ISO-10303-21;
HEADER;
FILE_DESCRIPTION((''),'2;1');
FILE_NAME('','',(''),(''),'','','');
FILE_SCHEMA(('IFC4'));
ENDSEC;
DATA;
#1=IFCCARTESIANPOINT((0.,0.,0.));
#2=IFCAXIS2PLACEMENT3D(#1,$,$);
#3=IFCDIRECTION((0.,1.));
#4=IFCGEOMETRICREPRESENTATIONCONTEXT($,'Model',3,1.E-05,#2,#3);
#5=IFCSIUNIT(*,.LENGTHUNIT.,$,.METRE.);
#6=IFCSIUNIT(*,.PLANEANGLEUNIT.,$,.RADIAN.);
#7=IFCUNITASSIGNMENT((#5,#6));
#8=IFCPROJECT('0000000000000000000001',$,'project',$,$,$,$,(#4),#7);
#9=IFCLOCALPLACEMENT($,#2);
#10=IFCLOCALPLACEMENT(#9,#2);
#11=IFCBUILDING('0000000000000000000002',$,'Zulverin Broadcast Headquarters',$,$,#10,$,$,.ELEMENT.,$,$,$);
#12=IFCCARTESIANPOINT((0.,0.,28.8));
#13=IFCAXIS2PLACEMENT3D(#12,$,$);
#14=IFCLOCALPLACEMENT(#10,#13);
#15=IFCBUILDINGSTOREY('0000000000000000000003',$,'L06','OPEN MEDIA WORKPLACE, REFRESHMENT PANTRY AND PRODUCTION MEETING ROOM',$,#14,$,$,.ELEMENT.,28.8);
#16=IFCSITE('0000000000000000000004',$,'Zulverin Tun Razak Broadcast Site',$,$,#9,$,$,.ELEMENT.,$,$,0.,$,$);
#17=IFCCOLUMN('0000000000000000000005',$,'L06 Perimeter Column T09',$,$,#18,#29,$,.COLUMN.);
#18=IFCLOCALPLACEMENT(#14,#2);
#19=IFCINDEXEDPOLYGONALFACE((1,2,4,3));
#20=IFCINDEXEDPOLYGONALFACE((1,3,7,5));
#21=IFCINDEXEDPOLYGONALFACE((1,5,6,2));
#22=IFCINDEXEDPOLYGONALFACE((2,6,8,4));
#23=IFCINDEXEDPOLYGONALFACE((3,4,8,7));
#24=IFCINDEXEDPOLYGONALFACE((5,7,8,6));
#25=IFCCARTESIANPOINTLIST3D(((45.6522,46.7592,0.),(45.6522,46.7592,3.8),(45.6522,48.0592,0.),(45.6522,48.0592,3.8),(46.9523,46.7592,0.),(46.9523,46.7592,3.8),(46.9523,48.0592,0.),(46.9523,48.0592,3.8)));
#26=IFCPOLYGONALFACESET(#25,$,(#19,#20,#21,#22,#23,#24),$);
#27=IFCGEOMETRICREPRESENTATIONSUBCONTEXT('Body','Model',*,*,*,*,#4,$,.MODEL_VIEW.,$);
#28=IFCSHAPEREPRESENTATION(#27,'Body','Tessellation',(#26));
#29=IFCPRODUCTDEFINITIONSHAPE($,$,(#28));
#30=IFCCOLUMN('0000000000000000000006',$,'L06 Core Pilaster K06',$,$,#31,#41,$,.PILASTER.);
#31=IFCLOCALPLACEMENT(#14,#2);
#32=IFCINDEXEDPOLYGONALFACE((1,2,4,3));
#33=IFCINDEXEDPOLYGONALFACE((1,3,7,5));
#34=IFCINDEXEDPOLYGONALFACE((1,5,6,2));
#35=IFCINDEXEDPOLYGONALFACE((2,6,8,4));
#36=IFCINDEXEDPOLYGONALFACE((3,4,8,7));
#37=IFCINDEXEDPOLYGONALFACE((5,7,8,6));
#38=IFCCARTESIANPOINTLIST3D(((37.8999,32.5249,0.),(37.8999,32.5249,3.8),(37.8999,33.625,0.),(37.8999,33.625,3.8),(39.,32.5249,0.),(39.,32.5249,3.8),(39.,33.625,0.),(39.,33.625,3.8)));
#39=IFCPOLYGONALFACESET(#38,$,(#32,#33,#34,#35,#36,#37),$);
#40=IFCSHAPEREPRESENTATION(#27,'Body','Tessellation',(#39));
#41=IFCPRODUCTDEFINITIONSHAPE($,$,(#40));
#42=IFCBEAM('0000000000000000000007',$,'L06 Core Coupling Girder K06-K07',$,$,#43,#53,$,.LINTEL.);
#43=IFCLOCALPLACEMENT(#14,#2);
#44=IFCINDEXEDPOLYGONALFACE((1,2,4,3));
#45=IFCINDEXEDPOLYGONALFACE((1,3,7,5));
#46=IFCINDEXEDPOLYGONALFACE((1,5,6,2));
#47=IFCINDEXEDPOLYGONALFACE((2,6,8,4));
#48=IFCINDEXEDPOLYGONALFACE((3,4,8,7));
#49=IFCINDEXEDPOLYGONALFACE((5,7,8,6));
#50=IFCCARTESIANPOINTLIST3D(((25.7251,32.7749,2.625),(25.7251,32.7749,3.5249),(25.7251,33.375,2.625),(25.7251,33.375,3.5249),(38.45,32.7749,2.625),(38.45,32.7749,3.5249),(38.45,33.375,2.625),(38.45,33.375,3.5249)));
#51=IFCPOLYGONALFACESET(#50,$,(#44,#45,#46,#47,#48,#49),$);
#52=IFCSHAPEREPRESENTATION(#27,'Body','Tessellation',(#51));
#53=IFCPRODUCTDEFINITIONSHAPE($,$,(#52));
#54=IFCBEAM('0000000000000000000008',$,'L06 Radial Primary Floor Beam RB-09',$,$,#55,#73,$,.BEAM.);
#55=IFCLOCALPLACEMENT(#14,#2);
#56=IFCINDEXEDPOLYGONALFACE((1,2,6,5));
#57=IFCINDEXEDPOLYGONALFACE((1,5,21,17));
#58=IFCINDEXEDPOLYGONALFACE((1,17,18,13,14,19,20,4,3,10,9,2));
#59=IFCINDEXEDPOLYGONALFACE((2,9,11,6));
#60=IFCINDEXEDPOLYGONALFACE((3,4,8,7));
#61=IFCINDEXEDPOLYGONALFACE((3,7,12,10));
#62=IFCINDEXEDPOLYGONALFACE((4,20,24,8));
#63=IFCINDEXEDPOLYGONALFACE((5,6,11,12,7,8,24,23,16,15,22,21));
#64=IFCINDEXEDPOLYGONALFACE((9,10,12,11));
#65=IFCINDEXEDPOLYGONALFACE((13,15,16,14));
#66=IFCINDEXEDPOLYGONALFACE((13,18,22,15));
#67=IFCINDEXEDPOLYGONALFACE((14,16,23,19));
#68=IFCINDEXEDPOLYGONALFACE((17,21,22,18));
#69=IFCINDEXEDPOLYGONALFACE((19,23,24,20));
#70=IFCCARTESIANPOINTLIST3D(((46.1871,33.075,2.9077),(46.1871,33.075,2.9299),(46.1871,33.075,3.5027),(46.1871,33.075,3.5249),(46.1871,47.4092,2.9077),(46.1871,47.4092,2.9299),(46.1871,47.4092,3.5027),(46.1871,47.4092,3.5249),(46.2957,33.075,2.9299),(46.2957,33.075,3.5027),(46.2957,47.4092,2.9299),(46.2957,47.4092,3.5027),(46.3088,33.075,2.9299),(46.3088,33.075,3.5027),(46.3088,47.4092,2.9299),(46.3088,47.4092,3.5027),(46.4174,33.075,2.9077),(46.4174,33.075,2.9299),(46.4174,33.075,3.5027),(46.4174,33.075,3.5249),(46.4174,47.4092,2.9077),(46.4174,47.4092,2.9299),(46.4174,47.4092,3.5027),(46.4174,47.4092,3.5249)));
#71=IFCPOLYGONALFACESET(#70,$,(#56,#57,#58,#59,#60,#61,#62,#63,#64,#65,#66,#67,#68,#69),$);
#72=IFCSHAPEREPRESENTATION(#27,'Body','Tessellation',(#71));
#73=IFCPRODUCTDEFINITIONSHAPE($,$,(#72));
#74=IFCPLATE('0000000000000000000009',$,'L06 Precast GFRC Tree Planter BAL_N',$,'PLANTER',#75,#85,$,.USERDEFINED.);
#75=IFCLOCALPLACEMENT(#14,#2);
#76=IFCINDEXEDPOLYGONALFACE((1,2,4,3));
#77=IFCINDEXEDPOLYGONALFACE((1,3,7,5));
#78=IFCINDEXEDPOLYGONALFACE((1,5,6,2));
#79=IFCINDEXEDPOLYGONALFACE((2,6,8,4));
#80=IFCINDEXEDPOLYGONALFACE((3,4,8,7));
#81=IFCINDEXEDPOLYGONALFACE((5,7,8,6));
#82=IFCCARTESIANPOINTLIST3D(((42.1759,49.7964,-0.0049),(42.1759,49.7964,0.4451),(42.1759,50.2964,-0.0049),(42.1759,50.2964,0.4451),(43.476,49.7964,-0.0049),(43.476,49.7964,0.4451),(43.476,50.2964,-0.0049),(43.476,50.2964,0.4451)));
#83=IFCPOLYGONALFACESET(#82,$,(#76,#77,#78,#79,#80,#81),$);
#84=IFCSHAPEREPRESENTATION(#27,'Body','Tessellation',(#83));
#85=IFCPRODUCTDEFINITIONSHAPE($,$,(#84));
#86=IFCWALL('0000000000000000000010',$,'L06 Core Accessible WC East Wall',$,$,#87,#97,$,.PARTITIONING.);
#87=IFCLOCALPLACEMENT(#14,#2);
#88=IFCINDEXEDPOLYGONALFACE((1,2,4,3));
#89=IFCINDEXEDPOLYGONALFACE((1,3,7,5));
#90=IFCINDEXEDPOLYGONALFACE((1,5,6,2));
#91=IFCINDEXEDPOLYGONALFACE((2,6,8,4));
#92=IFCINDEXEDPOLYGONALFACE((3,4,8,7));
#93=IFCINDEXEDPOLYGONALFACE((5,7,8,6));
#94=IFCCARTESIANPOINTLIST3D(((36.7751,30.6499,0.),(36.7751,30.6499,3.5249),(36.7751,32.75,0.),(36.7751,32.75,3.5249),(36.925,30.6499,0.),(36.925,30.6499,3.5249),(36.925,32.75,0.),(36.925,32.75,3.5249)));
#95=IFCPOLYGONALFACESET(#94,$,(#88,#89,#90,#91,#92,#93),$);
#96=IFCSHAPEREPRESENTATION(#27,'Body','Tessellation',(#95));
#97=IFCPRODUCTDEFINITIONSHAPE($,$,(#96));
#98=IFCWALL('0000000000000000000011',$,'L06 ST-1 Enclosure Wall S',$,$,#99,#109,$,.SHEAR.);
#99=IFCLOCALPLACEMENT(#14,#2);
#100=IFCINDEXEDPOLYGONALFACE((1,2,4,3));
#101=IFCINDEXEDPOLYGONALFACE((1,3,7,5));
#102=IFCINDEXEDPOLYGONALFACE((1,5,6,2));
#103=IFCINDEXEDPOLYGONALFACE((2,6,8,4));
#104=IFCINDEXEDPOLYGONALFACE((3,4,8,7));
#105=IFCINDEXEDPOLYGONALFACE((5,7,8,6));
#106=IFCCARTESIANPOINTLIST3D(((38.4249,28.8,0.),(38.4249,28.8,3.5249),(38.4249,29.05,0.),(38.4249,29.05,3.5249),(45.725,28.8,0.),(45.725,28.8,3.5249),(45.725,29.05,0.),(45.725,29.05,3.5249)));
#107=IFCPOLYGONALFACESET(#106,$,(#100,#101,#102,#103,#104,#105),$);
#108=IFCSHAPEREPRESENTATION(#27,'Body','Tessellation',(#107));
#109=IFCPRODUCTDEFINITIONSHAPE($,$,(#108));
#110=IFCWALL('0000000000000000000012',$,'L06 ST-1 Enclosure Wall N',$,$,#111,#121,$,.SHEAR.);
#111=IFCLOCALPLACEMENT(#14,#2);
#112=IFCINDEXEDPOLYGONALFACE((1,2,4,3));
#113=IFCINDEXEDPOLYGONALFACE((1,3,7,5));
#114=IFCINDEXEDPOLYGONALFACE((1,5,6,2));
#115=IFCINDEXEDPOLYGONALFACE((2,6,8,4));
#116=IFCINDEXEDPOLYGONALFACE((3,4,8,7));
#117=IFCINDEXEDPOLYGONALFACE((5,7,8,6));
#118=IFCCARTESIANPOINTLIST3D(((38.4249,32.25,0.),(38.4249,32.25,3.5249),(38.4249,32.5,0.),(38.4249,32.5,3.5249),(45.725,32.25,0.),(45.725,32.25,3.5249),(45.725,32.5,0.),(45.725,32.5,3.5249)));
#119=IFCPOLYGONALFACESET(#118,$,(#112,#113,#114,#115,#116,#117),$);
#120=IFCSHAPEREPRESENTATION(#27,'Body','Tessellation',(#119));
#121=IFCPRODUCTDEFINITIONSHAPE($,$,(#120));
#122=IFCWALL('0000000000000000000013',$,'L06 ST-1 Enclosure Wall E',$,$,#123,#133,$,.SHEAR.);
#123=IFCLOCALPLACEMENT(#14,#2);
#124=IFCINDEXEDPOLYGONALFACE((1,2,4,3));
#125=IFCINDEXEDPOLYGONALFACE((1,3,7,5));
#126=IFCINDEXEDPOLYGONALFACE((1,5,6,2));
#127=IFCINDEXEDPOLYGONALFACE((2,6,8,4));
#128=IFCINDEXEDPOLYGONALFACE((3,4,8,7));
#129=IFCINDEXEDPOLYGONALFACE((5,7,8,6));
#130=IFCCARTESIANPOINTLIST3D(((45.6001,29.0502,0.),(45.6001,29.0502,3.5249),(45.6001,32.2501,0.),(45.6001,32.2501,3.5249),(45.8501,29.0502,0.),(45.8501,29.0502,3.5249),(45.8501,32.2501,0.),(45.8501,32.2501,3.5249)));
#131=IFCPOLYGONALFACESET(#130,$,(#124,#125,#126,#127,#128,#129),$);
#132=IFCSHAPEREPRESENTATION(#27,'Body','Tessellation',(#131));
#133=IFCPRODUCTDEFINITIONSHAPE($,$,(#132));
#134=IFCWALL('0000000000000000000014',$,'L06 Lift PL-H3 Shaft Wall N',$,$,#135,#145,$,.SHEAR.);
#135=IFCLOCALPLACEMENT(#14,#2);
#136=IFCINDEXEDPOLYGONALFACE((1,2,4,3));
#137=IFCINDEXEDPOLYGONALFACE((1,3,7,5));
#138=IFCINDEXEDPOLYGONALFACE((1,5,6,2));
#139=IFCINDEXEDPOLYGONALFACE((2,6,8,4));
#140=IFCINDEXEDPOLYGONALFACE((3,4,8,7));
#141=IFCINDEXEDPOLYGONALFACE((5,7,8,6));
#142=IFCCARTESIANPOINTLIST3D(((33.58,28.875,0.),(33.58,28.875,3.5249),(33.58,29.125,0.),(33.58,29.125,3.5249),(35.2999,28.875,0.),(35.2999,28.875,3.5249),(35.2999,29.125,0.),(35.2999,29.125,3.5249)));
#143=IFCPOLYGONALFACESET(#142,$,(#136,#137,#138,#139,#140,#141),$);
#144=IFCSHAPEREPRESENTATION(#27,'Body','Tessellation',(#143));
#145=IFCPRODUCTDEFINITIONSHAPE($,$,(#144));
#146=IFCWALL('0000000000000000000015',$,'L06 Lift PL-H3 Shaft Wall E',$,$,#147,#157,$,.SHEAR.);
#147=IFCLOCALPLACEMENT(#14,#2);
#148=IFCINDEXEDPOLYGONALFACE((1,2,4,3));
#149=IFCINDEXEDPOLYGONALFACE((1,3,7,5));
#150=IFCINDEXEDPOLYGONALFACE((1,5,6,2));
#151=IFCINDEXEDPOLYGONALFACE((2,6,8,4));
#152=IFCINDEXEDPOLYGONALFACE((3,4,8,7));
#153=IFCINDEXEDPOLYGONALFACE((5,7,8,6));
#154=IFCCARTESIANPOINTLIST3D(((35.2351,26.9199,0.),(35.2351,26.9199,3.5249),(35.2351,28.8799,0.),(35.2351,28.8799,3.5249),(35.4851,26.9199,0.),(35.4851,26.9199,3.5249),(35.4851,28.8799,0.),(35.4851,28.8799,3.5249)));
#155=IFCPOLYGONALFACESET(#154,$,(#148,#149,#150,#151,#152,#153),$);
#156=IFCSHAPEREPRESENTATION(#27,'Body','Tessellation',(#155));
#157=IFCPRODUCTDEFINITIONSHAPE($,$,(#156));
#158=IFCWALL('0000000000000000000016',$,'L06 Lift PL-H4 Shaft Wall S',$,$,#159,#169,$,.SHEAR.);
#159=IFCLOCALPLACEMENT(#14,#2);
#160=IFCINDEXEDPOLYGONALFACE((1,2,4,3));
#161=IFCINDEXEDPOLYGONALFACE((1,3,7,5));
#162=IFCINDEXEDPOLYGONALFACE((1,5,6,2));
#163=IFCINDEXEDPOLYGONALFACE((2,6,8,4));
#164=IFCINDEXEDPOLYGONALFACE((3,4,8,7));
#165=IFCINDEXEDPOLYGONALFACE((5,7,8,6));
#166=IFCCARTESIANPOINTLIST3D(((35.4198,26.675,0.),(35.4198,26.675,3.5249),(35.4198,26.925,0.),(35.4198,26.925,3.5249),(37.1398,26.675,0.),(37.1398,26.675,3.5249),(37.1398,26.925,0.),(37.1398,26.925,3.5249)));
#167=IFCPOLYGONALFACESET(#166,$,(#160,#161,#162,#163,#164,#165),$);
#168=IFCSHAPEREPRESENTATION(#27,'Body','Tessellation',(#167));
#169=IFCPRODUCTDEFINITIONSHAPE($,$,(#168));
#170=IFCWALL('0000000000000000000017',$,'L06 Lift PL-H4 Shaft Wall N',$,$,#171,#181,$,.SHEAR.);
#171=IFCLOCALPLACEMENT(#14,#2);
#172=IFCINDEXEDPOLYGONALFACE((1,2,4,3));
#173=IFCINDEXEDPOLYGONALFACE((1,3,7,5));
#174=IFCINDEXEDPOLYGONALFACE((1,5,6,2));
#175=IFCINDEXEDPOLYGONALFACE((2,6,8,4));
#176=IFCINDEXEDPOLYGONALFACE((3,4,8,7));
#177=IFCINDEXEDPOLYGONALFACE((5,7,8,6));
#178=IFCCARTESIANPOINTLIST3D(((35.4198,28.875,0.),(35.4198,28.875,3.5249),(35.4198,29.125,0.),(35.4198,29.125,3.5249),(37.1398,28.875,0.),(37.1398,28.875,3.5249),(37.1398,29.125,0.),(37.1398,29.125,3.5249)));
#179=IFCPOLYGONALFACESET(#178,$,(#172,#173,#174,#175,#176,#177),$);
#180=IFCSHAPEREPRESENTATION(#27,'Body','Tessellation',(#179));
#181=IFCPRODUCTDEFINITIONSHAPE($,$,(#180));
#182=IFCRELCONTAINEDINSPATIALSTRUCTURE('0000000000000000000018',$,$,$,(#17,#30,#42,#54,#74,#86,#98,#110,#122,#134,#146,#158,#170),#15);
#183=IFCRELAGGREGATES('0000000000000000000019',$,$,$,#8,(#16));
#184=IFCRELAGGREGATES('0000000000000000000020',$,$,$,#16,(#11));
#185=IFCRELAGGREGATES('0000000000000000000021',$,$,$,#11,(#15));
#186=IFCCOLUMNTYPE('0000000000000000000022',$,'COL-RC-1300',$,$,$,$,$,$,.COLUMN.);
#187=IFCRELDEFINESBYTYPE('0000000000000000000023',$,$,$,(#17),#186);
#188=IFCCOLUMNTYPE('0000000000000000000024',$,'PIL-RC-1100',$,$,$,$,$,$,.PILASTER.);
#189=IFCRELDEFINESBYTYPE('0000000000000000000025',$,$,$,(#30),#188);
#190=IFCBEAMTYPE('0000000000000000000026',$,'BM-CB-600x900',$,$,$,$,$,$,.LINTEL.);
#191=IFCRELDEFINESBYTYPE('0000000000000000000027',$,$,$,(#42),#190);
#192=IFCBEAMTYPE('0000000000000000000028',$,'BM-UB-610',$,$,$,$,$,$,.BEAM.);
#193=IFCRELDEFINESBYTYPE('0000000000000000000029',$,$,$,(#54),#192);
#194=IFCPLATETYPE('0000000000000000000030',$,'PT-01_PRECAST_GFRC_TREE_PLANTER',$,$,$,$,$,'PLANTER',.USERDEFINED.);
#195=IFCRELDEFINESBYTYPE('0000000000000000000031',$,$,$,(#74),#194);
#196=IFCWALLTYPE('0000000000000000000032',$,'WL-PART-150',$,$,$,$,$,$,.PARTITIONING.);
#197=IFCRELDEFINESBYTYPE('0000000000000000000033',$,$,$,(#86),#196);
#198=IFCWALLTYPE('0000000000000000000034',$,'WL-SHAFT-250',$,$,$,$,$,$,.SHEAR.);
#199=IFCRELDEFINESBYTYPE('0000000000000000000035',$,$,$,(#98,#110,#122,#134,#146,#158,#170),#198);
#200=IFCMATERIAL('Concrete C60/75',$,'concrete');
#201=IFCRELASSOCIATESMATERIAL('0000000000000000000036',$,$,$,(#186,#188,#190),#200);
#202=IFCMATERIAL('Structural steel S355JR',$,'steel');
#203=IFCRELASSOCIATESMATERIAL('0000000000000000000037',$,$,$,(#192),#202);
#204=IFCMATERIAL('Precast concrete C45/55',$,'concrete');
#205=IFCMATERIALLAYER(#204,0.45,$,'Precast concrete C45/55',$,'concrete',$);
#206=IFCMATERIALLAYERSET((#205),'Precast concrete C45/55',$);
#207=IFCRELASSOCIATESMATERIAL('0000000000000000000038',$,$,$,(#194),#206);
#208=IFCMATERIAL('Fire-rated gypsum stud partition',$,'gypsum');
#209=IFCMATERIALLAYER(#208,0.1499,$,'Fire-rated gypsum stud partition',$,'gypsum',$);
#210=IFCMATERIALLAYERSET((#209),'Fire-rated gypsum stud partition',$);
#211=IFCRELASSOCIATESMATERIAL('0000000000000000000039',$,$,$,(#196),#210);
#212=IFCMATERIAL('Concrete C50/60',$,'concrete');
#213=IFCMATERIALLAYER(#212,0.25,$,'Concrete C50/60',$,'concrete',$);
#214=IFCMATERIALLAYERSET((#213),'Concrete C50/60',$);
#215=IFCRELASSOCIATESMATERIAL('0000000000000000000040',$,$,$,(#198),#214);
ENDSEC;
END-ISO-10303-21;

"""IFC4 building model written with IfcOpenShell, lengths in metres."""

from ifc_helpers import new_model, si_unit, direction, frame, frame_2d, origin, origin_2d, place, context, subcontext, project, spatial, rectangle, i_section, extrude, material, layer, layer_set, material_profile, profile_set, type_object, element, save


model = new_model("IFC4")

# Units and contexts
model_context = context("Model", 3, precision=1e-05, world=origin(), true_north=direction((0.0, 1.0)))
body_context = subcontext(model_context, "Body", "Model", "MODEL_VIEW")
ifc_project = project(units=[si_unit("LENGTHUNIT", "METRE"), si_unit("PLANEANGLEUNIT", "RADIAN")], contexts=[model_context])

# Site, building, storey
site_placement = place(None, origin())
site = spatial("IfcSite", under=ifc_project, at=site_placement, Name="Zulverin Tun Razak Broadcast Site", CompositionType="ELEMENT", RefElevation=0.0)
building_placement = place(site_placement, origin())
building = spatial("IfcBuilding", under=site, at=building_placement, Name="Zulverin Broadcast Headquarters", CompositionType="ELEMENT")
storey_placement = place(building_placement, frame((0.0, 0.0, 28.8)))
storey = spatial("IfcBuildingStorey", under=building, at=storey_placement, Name="L06", Description="OPEN MEDIA WORKPLACE, REFRESHMENT PANTRY AND PRODUCTION MEETING ROOM", CompositionType="ELEMENT", Elevation=28.8)

# Columns
ifc_material_1 = material(Name="Concrete C60/75", Category="concrete")
ifc_material_profile_1 = material_profile(ifc_material_1, rectangle(XDim=1.3, YDim=1.3, at=origin_2d()), Name="Concrete C60/75", Category="concrete")
ifc_profile_set_1 = profile_set([ifc_material_profile_1], Name="Concrete C60/75")
column_type_1 = type_object("IfcColumnType", Name="COL-RC-1300", PredefinedType="COLUMN", material=ifc_profile_set_1)
column_1_placement = place(storey_placement, frame((46.3022, 47.4092, 0.0), z_axis=(0.0, 0.0, 1.0), x_axis=(1.0, 0.0, 0.0)))
element("IfcColumn", 1, at=column_1_placement, inside=storey, type_object=column_type_1, Name="L06 Perimeter Column T09", PredefinedType="COLUMN", context=body_context, shape_type="SweptSolid", body=[
    extrude(rectangle(XDim=1.3, YDim=1.3, at=origin_2d()), origin(), (0.0, 0.0, 1.0), 3.8),
])
ifc_material_profile_2 = material_profile(ifc_material_1, rectangle(XDim=1.1001, YDim=1.1001, at=origin_2d()), Name="Concrete C60/75", Category="concrete")
ifc_profile_set_2 = profile_set([ifc_material_profile_2], Name="Concrete C60/75")
column_type_2 = type_object("IfcColumnType", Name="PIL-RC-1100", PredefinedType="PILASTER", material=ifc_profile_set_2)
column_2_placement = place(storey_placement, frame((38.45, 33.075, 0.0), z_axis=(0.0, 0.0, 1.0), x_axis=(1.0, 0.0, 0.0)))
element("IfcColumn", 2, at=column_2_placement, inside=storey, type_object=column_type_2, Name="L06 Core Pilaster K06", PredefinedType="PILASTER", context=body_context, shape_type="SweptSolid", body=[
    extrude(rectangle(XDim=1.1001, YDim=1.1001, at=origin_2d()), origin(), (0.0, 0.0, 1.0), 3.8),
])

# Beams
ifc_material_profile_3 = material_profile(ifc_material_1, rectangle(XDim=0.6001, YDim=0.8999, at=origin_2d()), Name="Concrete C60/75", Category="concrete")
ifc_profile_set_3 = profile_set([ifc_material_profile_3], Name="Concrete C60/75")
beam_type_1 = type_object("IfcBeamType", Name="BM-CB-600x900", PredefinedType="LINTEL", material=ifc_profile_set_3)
beam_1_placement = place(storey_placement, frame((38.45, 33.075, 3.075), z_axis=(-1.0, 0.0, 0.0), x_axis=(0.0, -1.0, 0.0)))
element("IfcBeam", 3, at=beam_1_placement, inside=storey, type_object=beam_type_1, Name="L06 Core Coupling Girder K06-K07", PredefinedType="LINTEL", context=body_context, shape_type="SweptSolid", body=[
    extrude(rectangle(XDim=0.6001, YDim=0.8999, at=origin_2d()), origin(), (0.0, 0.0, 1.0), 12.7249),
])
ifc_material_2 = material(Name="Structural steel S355JR", Category="steel")
ifc_material_profile_4 = material_profile(ifc_material_2, i_section(OverallWidth=0.2302, OverallDepth=0.6172, WebThickness=0.0132, FlangeThickness=0.0222, at=origin_2d()), Name="Structural steel S355JR", Category="steel")
ifc_profile_set_4 = profile_set([ifc_material_profile_4], Name="Structural steel S355JR")
beam_type_2 = type_object("IfcBeamType", Name="BM-UB-610", PredefinedType="BEAM", material=ifc_profile_set_4)
beam_2_placement = place(storey_placement, frame((46.3022, 33.075, 3.2163), z_axis=(0.0, 1.0, 0.0), x_axis=(-1.0, 0.0, 0.0)))
element("IfcBeam", 4, at=beam_2_placement, inside=storey, type_object=beam_type_2, Name="L06 Radial Primary Floor Beam RB-09", PredefinedType="BEAM", context=body_context, shape_type="SweptSolid", body=[
    extrude(i_section(OverallWidth=0.2302, OverallDepth=0.6172, WebThickness=0.0132, FlangeThickness=0.0222, at=origin_2d()), origin(), (0.0, 0.0, 1.0), 14.3342),
])

# Plate
ifc_material_3 = material(Name="Precast concrete C45/55", Category="concrete")
ifc_layer_1 = layer(ifc_material_3, 0.45, Name="Precast concrete C45/55", Category="concrete")
ifc_layer_set_1 = layer_set([ifc_layer_1], Name="Precast concrete C45/55")
plate_type = type_object("IfcPlateType", Name="PT-01_PRECAST_GFRC_TREE_PLANTER", ElementType="PLANTER", PredefinedType="USERDEFINED", material=ifc_layer_set_1)
plate_placement = place(storey_placement, frame((42.8259, 50.0464, -0.0049), z_axis=(0.0, 0.0, 1.0), x_axis=(1.0, 0.0, 0.0)))
element("IfcPlate", 5, at=plate_placement, inside=storey, type_object=plate_type, Name="L06 Precast GFRC Tree Planter BAL_N", ObjectType="PLANTER", PredefinedType="USERDEFINED", context=body_context, shape_type="SweptSolid", body=[
    extrude(rectangle(XDim=1.3, YDim=0.5, at=origin_2d()), origin(), (0.0, 0.0, 1.0), 0.45),
])

# Walls
ifc_material_4 = material(Name="Fire-rated gypsum stud partition", Category="gypsum")
ifc_layer_2 = layer(ifc_material_4, 0.1499, Name="Fire-rated gypsum stud partition", Category="gypsum")
ifc_layer_set_2 = layer_set([ifc_layer_2], Name="Fire-rated gypsum stud partition")
wall_type_1 = type_object("IfcWallType", Name="WL-PART-150", PredefinedType="PARTITIONING", material=ifc_layer_set_2)
wall_1_placement = place(storey_placement, frame((36.8501, 30.6499, 0.0), z_axis=(0.0, 0.0, 1.0), x_axis=(0.0, 1.0, 0.0)))
element("IfcWall", 6, at=wall_1_placement, inside=storey, type_object=wall_type_1, Name="L06 Core Accessible WC East Wall", PredefinedType="PARTITIONING", context=body_context, shape_type="SweptSolid", body=[
    extrude(rectangle(XDim=2.1001, YDim=0.1499, at=frame_2d((1.05, 0.0))), origin(), (0.0, 0.0, 1.0), 3.5249),
])
ifc_material_5 = material(Name="Concrete C50/60", Category="concrete")
ifc_layer_3 = layer(ifc_material_5, 0.25, Name="Concrete C50/60", Category="concrete")
ifc_layer_set_3 = layer_set([ifc_layer_3], Name="Concrete C50/60")
wall_type_2 = type_object("IfcWallType", Name="WL-SHAFT-250", PredefinedType="SHEAR", material=ifc_layer_set_3)
for number, where, z_axis, x_axis, name in (
    (7, (38.425, 28.925, 0.0), (0.0, 0.0, 1.0), (1.0, 0.0, 0.0), "L06 ST-1 Enclosure Wall S"),
    (8, (38.425, 32.375, 0.0), (0.0, 0.0, 1.0), (1.0, 0.0, 0.0), "L06 ST-1 Enclosure Wall N"),
):
    element("IfcWall", number, at=place(storey_placement, frame(where, z_axis=z_axis, x_axis=x_axis)), inside=storey, type_object=wall_type_2, Name=name, PredefinedType="SHEAR", context=body_context, shape_type="SweptSolid", body=[
        extrude(rectangle(XDim=7.3, YDim=0.25, at=frame_2d((3.6499, 0.0))), origin(), (0.0, 0.0, 1.0), 3.5249),
    ])

# Walls
wall_2_placement = place(storey_placement, frame((45.7251, 29.05, 0.0), z_axis=(0.0, 0.0, 1.0), x_axis=(0.0, 1.0, 0.0)))
element("IfcWall", 9, at=wall_2_placement, inside=storey, type_object=wall_type_2, Name="L06 ST-1 Enclosure Wall E", PredefinedType="SHEAR", context=body_context, shape_type="SweptSolid", body=[
    extrude(rectangle(XDim=3.2, YDim=0.25, at=frame_2d((1.6001, 0.0))), origin(), (0.0, 0.0, 1.0), 3.5249),
])
wall_3_placement = place(storey_placement, frame((33.5801, 29.0, 0.0), z_axis=(0.0, 0.0, 1.0), x_axis=(1.0, 0.0, 0.0)))
element("IfcWall", 10, at=wall_3_placement, inside=storey, type_object=wall_type_2, Name="L06 Lift PL-H3 Shaft Wall N", PredefinedType="SHEAR", context=body_context, shape_type="SweptSolid", body=[
    extrude(rectangle(XDim=1.72, YDim=0.25, at=frame_2d((0.8599, 0.0))), origin(), (0.0, 0.0, 1.0), 3.5249),
])
wall_4_placement = place(storey_placement, frame((35.3601, 26.9199, 0.0), z_axis=(0.0, 0.0, 1.0), x_axis=(0.0, 1.0, 0.0)))
element("IfcWall", 11, at=wall_4_placement, inside=storey, type_object=wall_type_2, Name="L06 Lift PL-H3 Shaft Wall E", PredefinedType="SHEAR", context=body_context, shape_type="SweptSolid", body=[
    extrude(rectangle(XDim=1.96, YDim=0.25, at=frame_2d((0.98, 0.0))), origin(), (0.0, 0.0, 1.0), 3.5249),
])
for number, where, z_axis, x_axis, name in (
    (12, (35.4199, 26.8, 0.0), (0.0, 0.0, 1.0), (1.0, 0.0, 0.0), "L06 Lift PL-H4 Shaft Wall S"),
    (13, (35.4199, 29.0, 0.0), (0.0, 0.0, 1.0), (1.0, 0.0, 0.0), "L06 Lift PL-H4 Shaft Wall N"),
):
    element("IfcWall", number, at=place(storey_placement, frame(where, z_axis=z_axis, x_axis=x_axis)), inside=storey, type_object=wall_type_2, Name=name, PredefinedType="SHEAR", context=body_context, shape_type="SweptSolid", body=[
        extrude(rectangle(XDim=1.72, YDim=0.25, at=frame_2d((0.8599, 0.0))), origin(), (0.0, 0.0, 1.0), 3.5249),
    ])

save(model, "model.ifc")
